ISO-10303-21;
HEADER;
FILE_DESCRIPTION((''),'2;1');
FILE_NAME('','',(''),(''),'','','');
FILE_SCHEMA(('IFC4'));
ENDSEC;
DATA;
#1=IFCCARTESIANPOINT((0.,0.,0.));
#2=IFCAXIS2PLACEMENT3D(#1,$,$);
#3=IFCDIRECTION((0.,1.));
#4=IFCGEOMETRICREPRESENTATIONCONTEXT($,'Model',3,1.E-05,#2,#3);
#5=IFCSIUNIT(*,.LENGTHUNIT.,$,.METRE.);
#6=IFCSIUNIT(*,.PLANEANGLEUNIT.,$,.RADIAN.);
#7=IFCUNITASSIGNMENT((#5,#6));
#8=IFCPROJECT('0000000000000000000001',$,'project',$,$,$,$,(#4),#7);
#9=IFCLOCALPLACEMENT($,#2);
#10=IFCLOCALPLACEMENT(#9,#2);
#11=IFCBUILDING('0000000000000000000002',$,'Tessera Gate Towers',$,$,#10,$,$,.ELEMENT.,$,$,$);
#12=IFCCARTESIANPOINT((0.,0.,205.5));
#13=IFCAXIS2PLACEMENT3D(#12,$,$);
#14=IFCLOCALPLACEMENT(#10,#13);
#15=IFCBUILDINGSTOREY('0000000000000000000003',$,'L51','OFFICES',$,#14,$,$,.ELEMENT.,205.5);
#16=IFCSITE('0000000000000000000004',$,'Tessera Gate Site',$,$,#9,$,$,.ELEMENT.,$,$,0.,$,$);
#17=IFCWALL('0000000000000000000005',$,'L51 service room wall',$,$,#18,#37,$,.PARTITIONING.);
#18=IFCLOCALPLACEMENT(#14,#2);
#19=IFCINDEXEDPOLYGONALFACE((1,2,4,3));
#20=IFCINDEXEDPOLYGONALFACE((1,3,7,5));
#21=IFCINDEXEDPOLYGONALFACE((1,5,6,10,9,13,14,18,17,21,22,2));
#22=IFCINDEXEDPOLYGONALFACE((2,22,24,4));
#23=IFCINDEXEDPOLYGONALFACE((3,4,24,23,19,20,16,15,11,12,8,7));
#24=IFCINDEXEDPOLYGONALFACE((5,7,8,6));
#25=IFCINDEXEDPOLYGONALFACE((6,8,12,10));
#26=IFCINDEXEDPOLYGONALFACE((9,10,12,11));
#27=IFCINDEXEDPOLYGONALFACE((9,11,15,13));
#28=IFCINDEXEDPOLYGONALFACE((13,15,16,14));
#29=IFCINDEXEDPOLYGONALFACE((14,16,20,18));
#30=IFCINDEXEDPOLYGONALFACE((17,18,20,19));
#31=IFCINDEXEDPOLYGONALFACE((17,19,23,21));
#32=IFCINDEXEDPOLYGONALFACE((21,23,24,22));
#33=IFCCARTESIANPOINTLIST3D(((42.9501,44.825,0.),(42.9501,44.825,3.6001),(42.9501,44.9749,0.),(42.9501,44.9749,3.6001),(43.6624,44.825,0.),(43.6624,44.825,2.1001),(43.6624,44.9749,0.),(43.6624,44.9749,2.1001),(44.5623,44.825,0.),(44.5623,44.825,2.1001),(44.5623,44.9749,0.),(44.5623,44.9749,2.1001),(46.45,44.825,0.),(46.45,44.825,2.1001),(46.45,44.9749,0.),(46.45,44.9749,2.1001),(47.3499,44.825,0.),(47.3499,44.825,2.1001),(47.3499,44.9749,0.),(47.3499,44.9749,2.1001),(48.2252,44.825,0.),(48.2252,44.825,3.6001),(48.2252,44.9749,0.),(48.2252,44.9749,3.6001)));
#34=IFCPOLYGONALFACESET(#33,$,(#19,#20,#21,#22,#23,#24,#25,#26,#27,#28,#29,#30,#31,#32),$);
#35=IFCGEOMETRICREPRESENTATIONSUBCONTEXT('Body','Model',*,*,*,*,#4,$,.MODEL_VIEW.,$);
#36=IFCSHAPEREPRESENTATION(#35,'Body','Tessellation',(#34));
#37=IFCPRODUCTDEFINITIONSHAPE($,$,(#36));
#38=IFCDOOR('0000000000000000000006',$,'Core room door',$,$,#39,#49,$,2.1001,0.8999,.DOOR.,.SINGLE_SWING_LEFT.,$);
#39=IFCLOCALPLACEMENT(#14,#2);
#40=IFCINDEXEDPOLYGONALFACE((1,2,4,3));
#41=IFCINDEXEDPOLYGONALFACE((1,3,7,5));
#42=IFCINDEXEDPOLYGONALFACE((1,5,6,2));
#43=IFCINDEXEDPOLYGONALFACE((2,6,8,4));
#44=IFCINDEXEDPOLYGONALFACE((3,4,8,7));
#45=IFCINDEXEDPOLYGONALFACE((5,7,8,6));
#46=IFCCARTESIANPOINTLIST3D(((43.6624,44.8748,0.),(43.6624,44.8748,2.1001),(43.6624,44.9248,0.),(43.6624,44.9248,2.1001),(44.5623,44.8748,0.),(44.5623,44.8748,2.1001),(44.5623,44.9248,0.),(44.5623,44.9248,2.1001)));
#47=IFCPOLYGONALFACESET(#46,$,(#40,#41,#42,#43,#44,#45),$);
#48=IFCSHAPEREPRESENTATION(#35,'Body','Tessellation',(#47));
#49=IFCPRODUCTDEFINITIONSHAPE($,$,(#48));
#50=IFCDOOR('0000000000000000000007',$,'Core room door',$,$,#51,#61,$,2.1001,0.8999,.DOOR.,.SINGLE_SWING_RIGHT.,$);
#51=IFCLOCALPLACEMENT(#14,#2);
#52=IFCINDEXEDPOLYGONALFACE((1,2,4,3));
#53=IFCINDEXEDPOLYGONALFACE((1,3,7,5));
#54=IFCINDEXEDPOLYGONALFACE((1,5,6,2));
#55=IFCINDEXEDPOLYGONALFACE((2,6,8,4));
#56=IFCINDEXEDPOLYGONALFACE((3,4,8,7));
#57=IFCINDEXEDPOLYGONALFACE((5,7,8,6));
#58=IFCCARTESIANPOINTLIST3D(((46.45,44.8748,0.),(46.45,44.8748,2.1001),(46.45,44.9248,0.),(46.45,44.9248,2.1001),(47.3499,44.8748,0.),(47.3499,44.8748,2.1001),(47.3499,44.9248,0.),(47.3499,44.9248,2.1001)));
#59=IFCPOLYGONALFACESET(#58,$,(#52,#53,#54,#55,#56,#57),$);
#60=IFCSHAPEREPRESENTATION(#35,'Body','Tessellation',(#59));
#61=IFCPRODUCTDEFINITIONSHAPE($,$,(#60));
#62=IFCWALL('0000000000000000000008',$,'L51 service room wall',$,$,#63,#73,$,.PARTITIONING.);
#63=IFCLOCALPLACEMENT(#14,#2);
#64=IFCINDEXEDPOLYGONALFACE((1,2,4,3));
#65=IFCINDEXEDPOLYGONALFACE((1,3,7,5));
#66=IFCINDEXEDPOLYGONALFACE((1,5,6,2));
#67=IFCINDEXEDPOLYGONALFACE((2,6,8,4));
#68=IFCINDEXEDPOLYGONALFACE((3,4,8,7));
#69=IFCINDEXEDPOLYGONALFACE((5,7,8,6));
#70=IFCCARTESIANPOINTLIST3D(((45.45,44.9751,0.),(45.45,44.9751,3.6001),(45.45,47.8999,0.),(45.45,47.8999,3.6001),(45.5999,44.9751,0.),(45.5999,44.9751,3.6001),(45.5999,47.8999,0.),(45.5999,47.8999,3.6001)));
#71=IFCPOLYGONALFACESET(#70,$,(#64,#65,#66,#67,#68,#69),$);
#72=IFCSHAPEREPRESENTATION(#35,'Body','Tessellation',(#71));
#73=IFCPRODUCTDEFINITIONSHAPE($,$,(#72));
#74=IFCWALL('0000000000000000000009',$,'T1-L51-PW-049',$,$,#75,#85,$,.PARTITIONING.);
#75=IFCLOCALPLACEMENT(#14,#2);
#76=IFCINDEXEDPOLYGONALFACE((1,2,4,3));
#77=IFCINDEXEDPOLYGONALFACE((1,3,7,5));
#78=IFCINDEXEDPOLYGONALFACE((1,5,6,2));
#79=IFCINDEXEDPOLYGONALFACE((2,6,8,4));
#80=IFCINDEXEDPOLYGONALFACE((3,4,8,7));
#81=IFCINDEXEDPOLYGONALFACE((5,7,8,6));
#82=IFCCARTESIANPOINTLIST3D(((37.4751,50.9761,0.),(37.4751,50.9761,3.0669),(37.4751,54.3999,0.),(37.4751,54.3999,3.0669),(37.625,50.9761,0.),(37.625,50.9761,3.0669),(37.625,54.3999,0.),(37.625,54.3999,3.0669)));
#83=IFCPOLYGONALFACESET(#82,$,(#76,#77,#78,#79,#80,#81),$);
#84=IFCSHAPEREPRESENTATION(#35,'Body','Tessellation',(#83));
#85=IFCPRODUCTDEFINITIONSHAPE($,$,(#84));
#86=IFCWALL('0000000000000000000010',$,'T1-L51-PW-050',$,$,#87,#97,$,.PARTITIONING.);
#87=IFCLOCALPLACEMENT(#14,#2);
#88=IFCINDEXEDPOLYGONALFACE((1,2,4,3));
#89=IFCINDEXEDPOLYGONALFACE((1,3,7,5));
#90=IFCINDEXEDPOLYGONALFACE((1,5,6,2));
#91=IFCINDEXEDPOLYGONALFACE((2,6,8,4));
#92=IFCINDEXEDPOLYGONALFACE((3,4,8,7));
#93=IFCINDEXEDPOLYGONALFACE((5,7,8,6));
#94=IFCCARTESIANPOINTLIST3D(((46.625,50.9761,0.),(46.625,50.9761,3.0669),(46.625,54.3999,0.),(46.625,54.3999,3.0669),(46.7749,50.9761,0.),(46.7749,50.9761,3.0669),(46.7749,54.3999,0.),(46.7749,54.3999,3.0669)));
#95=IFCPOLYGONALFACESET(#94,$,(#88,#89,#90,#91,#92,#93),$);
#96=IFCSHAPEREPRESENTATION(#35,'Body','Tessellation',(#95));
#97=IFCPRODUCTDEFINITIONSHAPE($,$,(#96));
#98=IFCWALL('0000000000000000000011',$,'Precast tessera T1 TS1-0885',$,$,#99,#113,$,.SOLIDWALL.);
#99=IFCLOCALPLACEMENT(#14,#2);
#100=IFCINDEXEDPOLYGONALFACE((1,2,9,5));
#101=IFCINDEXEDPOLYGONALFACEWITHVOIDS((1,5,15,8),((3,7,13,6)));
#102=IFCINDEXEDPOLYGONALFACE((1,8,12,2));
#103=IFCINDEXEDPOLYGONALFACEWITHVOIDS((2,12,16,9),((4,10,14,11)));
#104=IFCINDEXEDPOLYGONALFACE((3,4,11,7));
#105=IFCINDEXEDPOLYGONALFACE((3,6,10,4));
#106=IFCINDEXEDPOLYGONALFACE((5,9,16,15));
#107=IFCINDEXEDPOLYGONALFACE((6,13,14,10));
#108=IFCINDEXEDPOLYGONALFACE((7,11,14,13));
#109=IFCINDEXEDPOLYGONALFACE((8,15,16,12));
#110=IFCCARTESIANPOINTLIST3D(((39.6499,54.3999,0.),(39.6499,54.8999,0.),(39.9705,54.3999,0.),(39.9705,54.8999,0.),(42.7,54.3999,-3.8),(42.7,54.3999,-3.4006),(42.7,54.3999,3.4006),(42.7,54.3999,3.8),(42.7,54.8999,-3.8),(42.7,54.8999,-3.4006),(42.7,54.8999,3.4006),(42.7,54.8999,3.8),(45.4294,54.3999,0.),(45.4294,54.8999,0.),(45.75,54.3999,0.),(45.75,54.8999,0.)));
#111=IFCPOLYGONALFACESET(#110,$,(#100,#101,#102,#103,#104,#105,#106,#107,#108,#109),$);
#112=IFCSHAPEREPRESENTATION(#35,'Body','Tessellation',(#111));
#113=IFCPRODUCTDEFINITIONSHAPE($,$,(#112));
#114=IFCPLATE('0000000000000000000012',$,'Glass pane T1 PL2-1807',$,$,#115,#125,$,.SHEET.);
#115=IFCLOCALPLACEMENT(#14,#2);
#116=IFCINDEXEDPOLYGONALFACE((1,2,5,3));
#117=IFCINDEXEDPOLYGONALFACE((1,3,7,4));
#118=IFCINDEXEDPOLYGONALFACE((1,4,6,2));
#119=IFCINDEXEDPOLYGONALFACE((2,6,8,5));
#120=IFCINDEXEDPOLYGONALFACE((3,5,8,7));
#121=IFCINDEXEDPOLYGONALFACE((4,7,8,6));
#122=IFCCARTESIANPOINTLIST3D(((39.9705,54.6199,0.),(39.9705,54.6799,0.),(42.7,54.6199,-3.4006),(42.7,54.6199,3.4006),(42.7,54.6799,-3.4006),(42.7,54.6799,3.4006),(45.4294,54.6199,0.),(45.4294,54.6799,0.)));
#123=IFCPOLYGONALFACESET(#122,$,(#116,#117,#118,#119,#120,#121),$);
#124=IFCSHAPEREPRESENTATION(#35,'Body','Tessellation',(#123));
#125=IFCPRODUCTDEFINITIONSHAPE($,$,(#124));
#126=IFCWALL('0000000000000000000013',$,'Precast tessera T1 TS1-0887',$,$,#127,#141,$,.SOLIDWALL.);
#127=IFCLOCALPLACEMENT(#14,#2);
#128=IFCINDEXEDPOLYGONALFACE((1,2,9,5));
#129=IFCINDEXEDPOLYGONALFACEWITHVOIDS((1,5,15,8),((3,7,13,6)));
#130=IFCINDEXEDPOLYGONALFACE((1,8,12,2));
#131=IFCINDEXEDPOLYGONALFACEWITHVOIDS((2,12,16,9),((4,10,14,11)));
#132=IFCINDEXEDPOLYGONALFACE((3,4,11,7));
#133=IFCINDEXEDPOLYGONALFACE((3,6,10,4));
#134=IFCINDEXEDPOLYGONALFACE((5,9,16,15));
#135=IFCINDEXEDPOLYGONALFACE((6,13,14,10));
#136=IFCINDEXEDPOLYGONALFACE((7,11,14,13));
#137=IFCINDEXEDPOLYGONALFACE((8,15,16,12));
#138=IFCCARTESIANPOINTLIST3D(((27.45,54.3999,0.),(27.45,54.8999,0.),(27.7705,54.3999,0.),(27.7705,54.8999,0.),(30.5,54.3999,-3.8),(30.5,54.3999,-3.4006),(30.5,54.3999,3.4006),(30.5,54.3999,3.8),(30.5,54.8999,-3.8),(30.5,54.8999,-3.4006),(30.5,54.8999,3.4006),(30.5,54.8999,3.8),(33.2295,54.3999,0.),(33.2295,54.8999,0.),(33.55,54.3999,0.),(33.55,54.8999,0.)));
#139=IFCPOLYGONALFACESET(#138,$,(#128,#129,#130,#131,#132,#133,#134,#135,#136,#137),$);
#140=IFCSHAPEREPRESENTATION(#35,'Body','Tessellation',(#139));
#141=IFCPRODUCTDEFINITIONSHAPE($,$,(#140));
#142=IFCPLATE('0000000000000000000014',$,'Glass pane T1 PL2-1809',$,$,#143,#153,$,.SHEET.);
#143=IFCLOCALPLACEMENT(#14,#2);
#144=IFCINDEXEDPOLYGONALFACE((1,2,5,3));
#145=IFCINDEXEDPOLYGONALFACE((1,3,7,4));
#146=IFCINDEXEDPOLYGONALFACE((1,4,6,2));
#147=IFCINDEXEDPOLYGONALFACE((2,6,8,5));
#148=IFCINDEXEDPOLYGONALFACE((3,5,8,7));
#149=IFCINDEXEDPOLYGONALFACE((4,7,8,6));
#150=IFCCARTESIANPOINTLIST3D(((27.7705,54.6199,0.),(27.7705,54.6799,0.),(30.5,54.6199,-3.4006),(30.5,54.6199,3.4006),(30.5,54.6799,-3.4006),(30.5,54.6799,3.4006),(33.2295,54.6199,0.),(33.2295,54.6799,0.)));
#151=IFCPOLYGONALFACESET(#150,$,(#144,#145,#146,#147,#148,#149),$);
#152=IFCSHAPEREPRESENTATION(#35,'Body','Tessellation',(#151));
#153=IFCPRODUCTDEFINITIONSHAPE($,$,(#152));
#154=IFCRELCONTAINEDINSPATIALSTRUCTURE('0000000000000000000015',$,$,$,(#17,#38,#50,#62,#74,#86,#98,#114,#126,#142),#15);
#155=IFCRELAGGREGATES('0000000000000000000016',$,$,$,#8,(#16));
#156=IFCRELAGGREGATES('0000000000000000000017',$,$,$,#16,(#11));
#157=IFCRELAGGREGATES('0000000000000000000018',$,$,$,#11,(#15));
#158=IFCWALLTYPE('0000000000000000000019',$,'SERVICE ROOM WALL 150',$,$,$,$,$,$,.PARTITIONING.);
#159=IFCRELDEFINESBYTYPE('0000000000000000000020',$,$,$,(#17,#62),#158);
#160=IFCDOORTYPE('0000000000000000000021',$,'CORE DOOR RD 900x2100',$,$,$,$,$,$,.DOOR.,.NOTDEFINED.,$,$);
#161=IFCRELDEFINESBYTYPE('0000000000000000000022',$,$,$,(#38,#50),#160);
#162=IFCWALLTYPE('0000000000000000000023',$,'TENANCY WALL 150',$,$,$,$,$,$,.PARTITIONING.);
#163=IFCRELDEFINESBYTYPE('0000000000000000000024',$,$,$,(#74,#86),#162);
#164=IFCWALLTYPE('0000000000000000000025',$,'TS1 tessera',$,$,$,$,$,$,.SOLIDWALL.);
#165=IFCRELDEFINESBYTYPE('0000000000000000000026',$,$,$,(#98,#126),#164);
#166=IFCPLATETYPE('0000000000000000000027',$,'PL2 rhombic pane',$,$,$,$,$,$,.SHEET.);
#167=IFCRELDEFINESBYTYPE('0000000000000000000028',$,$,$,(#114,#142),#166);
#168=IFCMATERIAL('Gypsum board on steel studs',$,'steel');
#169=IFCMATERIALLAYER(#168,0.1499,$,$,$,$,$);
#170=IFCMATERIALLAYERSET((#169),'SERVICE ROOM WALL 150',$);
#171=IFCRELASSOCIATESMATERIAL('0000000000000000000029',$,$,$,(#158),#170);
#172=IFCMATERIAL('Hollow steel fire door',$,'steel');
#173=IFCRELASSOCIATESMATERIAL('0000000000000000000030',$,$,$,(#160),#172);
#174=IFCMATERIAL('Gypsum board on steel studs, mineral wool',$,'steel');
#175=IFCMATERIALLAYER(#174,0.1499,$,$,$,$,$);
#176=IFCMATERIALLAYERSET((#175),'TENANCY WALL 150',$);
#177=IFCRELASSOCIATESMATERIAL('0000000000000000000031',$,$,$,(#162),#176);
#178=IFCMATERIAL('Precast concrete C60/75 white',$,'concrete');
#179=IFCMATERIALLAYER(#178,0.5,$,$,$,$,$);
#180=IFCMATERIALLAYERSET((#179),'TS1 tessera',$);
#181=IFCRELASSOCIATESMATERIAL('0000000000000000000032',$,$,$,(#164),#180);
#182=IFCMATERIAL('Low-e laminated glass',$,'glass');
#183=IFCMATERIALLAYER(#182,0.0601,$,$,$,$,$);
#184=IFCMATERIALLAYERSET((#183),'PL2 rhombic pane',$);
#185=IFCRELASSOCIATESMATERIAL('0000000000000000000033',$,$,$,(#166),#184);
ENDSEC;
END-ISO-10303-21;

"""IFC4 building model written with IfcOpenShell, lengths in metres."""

from ifc_helpers import new_model, si_unit, direction, frame, frame_2d, origin, place, context, subcontext, project, spatial, polyline, rectangle, outline, extrude, source, transform, mapped, material, layer, layer_set, type_object, element, fill, save


model = new_model("IFC4")

# Units and contexts
model_context = context("Model", 3, precision=1e-05, world=origin(), true_north=direction((0.0, 1.0)))
body_context = subcontext(model_context, "Body", "Model", "MODEL_VIEW")
ifc_project = project(units=[si_unit("LENGTHUNIT", "METRE"), si_unit("PLANEANGLEUNIT", "RADIAN")], contexts=[model_context])

# Site, building, storey
site_placement = place(None, origin())
site = spatial("IfcSite", under=ifc_project, at=site_placement, Name="Tessera Gate Site", CompositionType="ELEMENT", RefElevation=0.0)
building_placement = place(site_placement, origin())
building = spatial("IfcBuilding", under=site, at=building_placement, Name="Tessera Gate Towers", CompositionType="ELEMENT")
storey_placement = place(building_placement, frame((0.0, 0.0, 205.5)))
storey = spatial("IfcBuildingStorey", under=building, at=storey_placement, Name="L51", Description="OFFICES", CompositionType="ELEMENT", Elevation=205.5)

# Wall, openings, doors
ifc_material_1 = material(Name="Gypsum board on steel studs", Category="steel")
ifc_layer_1 = layer(ifc_material_1, 0.1499)
ifc_layer_set_1 = layer_set([ifc_layer_1], Name="SERVICE ROOM WALL 150")
wall_type_1 = type_object("IfcWallType", Name="SERVICE ROOM WALL 150", PredefinedType="PARTITIONING", material=ifc_layer_set_1)
wall_1_placement = place(storey_placement, frame((42.95, 44.8999, 0.0), z_axis=(0.0, 0.0, 1.0), x_axis=(1.0, 0.0, 0.0)))
wall_1 = element("IfcWall", 1, at=wall_1_placement, inside=storey, type_object=wall_type_1, Name="L51 service room wall", PredefinedType="PARTITIONING", context=body_context, shape_type="SweptSolid", body=[
    extrude(rectangle(XDim=5.2751, YDim=0.1499, at=frame_2d((2.6377, 0.0))), origin(), (0.0, 0.0, 1.0), 3.6001),
])
shared_shape_1 = source(origin(), body_context, "Body", "SweptSolid", [
    extrude(rectangle(XDim=0.8999, YDim=2.1001, at=frame_2d((0.45, 1.05))), frame((0.0, 0.085, 0.0), z_axis=(0.0, -1.0, 0.0), x_axis=(1.0, 0.0, 0.0)), (0.0, 0.0, 1.0), 0.1699),
])
opening_1_placement = place(wall_1_placement, frame((0.7124, 0.0, 0.0)))
opening_1 = element("IfcOpeningElement", 2, at=opening_1_placement, cuts=wall_1, PredefinedType="OPENING", context=body_context, shape_type="MappedRepresentation", body=[
    mapped(shared_shape_1, transform((0.0, 0.0, 0.0), scale=1.0)),
])
opening_2_placement = place(wall_1_placement, frame((3.5, 0.0, 0.0)))
opening_2 = element("IfcOpeningElement", 3, at=opening_2_placement, cuts=wall_1, PredefinedType="OPENING", context=body_context, shape_type="MappedRepresentation", body=[
    mapped(shared_shape_1, transform((0.0, 0.0, 0.0), scale=1.0)),
])
ifc_material_2 = material(Name="Hollow steel fire door", Category="steel")
door_type_1 = type_object("IfcDoorType", Name="CORE DOOR RD 900x2100", OperationType="NOTDEFINED", PredefinedType="DOOR", material=ifc_material_2)
shared_shape_2 = source(origin(), body_context, "Body", "SweptSolid", [
    extrude(rectangle(XDim=0.8999, YDim=2.1001, at=frame_2d((0.45, 1.05))), frame((0.0, 0.0249, 0.0), z_axis=(0.0, -1.0, 0.0), x_axis=(1.0, 0.0, 0.0)), (0.0, 0.0, 1.0), 0.05),
])
door_1_placement = place(opening_1_placement, origin())
door_1 = element("IfcDoor", 4, at=door_1_placement, inside=storey, type_object=door_type_1, Name="Core room door", OperationType="SINGLE_SWING_LEFT", OverallHeight=2.1001, OverallWidth=0.8999, PredefinedType="DOOR", context=body_context, shape_type="MappedRepresentation", body=[
    mapped(shared_shape_2, transform((0.0, 0.0, 0.0), scale=1.0)),
])
fill(opening_1, door_1)
door_2_placement = place(opening_2_placement, origin())
door_2 = element("IfcDoor", 5, at=door_2_placement, inside=storey, type_object=door_type_1, Name="Core room door", OperationType="SINGLE_SWING_RIGHT", OverallHeight=2.1001, OverallWidth=0.8999, PredefinedType="DOOR", context=body_context, shape_type="MappedRepresentation", body=[
    mapped(shared_shape_2, transform((0.0, 0.0, 0.0), scale=1.0)),
])
fill(opening_2, door_2)

# Walls
wall_2_placement = place(storey_placement, frame((45.5249, 44.9751, 0.0), z_axis=(0.0, 0.0, 1.0), x_axis=(0.0, 1.0, 0.0)))
element("IfcWall", 6, at=wall_2_placement, inside=storey, type_object=wall_type_1, Name="L51 service room wall", PredefinedType="PARTITIONING", context=body_context, shape_type="SweptSolid", body=[
    extrude(rectangle(XDim=2.9248, YDim=0.1499, at=frame_2d((1.4624, 0.0))), origin(), (0.0, 0.0, 1.0), 3.6001),
])
ifc_material_3 = material(Name="Gypsum board on steel studs, mineral wool", Category="steel")
ifc_layer_2 = layer(ifc_material_3, 0.1499)
ifc_layer_set_2 = layer_set([ifc_layer_2], Name="TENANCY WALL 150")
wall_type_2 = type_object("IfcWallType", Name="TENANCY WALL 150", PredefinedType="PARTITIONING", material=ifc_layer_set_2)
for number, where, z_axis, x_axis, name in (
    (7, (37.55, 50.9761, 0.0), (0.0, 0.0, 1.0), (0.0, 1.0, 0.0), "T1-L51-PW-049"),
    (8, (46.7, 50.9761, 0.0), (0.0, 0.0, 1.0), (0.0, 1.0, 0.0), "T1-L51-PW-050"),
):
    element("IfcWall", number, at=place(storey_placement, frame(where, z_axis=z_axis, x_axis=x_axis)), inside=storey, type_object=wall_type_2, Name=name, PredefinedType="PARTITIONING", context=body_context, shape_type="SweptSolid", body=[
        extrude(rectangle(XDim=3.4238, YDim=0.1499, at=frame_2d((1.7119, 0.0))), origin(), (0.0, 0.0, 1.0), 3.0669),
    ])

# Walls, openings, plates
ifc_material_4 = material(Name="Precast concrete C60/75 white", Category="concrete")
ifc_layer_3 = layer(ifc_material_4, 0.5)
ifc_layer_set_3 = layer_set([ifc_layer_3], Name="TS1 tessera")
wall_type_3 = type_object("IfcWallType", Name="TS1 tessera", PredefinedType="SOLIDWALL", material=ifc_layer_set_3)
shared_shape_3 = source(origin(), body_context, "Body", "SweptSolid", [
    extrude(outline(polyline([(3.05, 0.0), (6.1001, 3.8), (3.05, 7.6001), (0.0, 3.8), (3.05, 0.0)])), frame((0.0, 0.25, 0.0), z_axis=(0.0, -1.0, 0.0), x_axis=(1.0, 0.0, 0.0)), (0.0, 0.0, 1.0), 0.5),
])
wall_3_placement = place(storey_placement, frame((45.75, 54.6499, -3.8), z_axis=(0.0, 0.0, 1.0), x_axis=(-1.0, 0.0, 0.0)))
wall_3 = element("IfcWall", 9, at=wall_3_placement, inside=storey, type_object=wall_type_3, Name="Precast tessera T1 TS1-0885", PredefinedType="SOLIDWALL", context=body_context, shape_type="MappedRepresentation", body=[
    mapped(shared_shape_3, transform((0.0, 0.0, 0.0), scale=1.0)),
])
shared_shape_4 = source(origin(), body_context, "Body", "SweptSolid", [
    extrude(outline(polyline([(3.05, 0.3994), (5.7795, 3.8), (3.05, 7.2007), (0.3206, 3.8), (3.05, 0.3994)])), frame((0.0, 0.26, 0.0), z_axis=(0.0, -1.0, 0.0), x_axis=(1.0, 0.0, 0.0)), (0.0, 0.0, 1.0), 0.52),
])
opening_3_placement = place(wall_3_placement, origin())
opening_3 = element("IfcOpeningElement", 10, at=opening_3_placement, cuts=wall_3, PredefinedType="OPENING", context=body_context, shape_type="MappedRepresentation", body=[
    mapped(shared_shape_4, transform((0.0, 0.0, 0.0), scale=1.0)),
])
ifc_material_5 = material(Name="Low-e laminated glass", Category="glass")
ifc_layer_4 = layer(ifc_material_5, 0.0601)
ifc_layer_set_4 = layer_set([ifc_layer_4], Name="PL2 rhombic pane")
plate_type = type_object("IfcPlateType", Name="PL2 rhombic pane", PredefinedType="SHEET", material=ifc_layer_set_4)
shared_shape_5 = source(origin(), body_context, "Body", "SweptSolid", [
    extrude(outline(polyline([(3.05, 0.3994), (5.7795, 3.8), (3.05, 7.2007), (0.3206, 3.8), (3.05, 0.3994)])), frame((0.0, 0.03, 0.0), z_axis=(0.0, -1.0, 0.0), x_axis=(1.0, 0.0, 0.0)), (0.0, 0.0, 1.0), 0.0601),
])
plate_1_placement = place(opening_3_placement, origin())
plate_1 = element("IfcPlate", 11, at=plate_1_placement, inside=storey, type_object=plate_type, Name="Glass pane T1 PL2-1807", PredefinedType="SHEET", context=body_context, shape_type="MappedRepresentation", body=[
    mapped(shared_shape_5, transform((0.0, 0.0, 0.0), scale=1.0)),
])
fill(opening_3, plate_1)
wall_4_placement = place(storey_placement, frame((33.55, 54.6499, -3.8), z_axis=(0.0, 0.0, 1.0), x_axis=(-1.0, 0.0, 0.0)))
wall_4 = element("IfcWall", 12, at=wall_4_placement, inside=storey, type_object=wall_type_3, Name="Precast tessera T1 TS1-0887", PredefinedType="SOLIDWALL", context=body_context, shape_type="MappedRepresentation", body=[
    mapped(shared_shape_3, transform((0.0, 0.0, 0.0), scale=1.0)),
])
opening_4_placement = place(wall_4_placement, origin())
opening_4 = element("IfcOpeningElement", 13, at=opening_4_placement, cuts=wall_4, PredefinedType="OPENING", context=body_context, shape_type="MappedRepresentation", body=[
    mapped(shared_shape_4, transform((0.0, 0.0, 0.0), scale=1.0)),
])
plate_2_placement = place(opening_4_placement, origin())
plate_2 = element("IfcPlate", 14, at=plate_2_placement, inside=storey, type_object=plate_type, Name="Glass pane T1 PL2-1809", PredefinedType="SHEET", context=body_context, shape_type="MappedRepresentation", body=[
    mapped(shared_shape_5, transform((0.0, 0.0, 0.0), scale=1.0)),
])
fill(opening_4, plate_2)

save(model, "model.ifc")
